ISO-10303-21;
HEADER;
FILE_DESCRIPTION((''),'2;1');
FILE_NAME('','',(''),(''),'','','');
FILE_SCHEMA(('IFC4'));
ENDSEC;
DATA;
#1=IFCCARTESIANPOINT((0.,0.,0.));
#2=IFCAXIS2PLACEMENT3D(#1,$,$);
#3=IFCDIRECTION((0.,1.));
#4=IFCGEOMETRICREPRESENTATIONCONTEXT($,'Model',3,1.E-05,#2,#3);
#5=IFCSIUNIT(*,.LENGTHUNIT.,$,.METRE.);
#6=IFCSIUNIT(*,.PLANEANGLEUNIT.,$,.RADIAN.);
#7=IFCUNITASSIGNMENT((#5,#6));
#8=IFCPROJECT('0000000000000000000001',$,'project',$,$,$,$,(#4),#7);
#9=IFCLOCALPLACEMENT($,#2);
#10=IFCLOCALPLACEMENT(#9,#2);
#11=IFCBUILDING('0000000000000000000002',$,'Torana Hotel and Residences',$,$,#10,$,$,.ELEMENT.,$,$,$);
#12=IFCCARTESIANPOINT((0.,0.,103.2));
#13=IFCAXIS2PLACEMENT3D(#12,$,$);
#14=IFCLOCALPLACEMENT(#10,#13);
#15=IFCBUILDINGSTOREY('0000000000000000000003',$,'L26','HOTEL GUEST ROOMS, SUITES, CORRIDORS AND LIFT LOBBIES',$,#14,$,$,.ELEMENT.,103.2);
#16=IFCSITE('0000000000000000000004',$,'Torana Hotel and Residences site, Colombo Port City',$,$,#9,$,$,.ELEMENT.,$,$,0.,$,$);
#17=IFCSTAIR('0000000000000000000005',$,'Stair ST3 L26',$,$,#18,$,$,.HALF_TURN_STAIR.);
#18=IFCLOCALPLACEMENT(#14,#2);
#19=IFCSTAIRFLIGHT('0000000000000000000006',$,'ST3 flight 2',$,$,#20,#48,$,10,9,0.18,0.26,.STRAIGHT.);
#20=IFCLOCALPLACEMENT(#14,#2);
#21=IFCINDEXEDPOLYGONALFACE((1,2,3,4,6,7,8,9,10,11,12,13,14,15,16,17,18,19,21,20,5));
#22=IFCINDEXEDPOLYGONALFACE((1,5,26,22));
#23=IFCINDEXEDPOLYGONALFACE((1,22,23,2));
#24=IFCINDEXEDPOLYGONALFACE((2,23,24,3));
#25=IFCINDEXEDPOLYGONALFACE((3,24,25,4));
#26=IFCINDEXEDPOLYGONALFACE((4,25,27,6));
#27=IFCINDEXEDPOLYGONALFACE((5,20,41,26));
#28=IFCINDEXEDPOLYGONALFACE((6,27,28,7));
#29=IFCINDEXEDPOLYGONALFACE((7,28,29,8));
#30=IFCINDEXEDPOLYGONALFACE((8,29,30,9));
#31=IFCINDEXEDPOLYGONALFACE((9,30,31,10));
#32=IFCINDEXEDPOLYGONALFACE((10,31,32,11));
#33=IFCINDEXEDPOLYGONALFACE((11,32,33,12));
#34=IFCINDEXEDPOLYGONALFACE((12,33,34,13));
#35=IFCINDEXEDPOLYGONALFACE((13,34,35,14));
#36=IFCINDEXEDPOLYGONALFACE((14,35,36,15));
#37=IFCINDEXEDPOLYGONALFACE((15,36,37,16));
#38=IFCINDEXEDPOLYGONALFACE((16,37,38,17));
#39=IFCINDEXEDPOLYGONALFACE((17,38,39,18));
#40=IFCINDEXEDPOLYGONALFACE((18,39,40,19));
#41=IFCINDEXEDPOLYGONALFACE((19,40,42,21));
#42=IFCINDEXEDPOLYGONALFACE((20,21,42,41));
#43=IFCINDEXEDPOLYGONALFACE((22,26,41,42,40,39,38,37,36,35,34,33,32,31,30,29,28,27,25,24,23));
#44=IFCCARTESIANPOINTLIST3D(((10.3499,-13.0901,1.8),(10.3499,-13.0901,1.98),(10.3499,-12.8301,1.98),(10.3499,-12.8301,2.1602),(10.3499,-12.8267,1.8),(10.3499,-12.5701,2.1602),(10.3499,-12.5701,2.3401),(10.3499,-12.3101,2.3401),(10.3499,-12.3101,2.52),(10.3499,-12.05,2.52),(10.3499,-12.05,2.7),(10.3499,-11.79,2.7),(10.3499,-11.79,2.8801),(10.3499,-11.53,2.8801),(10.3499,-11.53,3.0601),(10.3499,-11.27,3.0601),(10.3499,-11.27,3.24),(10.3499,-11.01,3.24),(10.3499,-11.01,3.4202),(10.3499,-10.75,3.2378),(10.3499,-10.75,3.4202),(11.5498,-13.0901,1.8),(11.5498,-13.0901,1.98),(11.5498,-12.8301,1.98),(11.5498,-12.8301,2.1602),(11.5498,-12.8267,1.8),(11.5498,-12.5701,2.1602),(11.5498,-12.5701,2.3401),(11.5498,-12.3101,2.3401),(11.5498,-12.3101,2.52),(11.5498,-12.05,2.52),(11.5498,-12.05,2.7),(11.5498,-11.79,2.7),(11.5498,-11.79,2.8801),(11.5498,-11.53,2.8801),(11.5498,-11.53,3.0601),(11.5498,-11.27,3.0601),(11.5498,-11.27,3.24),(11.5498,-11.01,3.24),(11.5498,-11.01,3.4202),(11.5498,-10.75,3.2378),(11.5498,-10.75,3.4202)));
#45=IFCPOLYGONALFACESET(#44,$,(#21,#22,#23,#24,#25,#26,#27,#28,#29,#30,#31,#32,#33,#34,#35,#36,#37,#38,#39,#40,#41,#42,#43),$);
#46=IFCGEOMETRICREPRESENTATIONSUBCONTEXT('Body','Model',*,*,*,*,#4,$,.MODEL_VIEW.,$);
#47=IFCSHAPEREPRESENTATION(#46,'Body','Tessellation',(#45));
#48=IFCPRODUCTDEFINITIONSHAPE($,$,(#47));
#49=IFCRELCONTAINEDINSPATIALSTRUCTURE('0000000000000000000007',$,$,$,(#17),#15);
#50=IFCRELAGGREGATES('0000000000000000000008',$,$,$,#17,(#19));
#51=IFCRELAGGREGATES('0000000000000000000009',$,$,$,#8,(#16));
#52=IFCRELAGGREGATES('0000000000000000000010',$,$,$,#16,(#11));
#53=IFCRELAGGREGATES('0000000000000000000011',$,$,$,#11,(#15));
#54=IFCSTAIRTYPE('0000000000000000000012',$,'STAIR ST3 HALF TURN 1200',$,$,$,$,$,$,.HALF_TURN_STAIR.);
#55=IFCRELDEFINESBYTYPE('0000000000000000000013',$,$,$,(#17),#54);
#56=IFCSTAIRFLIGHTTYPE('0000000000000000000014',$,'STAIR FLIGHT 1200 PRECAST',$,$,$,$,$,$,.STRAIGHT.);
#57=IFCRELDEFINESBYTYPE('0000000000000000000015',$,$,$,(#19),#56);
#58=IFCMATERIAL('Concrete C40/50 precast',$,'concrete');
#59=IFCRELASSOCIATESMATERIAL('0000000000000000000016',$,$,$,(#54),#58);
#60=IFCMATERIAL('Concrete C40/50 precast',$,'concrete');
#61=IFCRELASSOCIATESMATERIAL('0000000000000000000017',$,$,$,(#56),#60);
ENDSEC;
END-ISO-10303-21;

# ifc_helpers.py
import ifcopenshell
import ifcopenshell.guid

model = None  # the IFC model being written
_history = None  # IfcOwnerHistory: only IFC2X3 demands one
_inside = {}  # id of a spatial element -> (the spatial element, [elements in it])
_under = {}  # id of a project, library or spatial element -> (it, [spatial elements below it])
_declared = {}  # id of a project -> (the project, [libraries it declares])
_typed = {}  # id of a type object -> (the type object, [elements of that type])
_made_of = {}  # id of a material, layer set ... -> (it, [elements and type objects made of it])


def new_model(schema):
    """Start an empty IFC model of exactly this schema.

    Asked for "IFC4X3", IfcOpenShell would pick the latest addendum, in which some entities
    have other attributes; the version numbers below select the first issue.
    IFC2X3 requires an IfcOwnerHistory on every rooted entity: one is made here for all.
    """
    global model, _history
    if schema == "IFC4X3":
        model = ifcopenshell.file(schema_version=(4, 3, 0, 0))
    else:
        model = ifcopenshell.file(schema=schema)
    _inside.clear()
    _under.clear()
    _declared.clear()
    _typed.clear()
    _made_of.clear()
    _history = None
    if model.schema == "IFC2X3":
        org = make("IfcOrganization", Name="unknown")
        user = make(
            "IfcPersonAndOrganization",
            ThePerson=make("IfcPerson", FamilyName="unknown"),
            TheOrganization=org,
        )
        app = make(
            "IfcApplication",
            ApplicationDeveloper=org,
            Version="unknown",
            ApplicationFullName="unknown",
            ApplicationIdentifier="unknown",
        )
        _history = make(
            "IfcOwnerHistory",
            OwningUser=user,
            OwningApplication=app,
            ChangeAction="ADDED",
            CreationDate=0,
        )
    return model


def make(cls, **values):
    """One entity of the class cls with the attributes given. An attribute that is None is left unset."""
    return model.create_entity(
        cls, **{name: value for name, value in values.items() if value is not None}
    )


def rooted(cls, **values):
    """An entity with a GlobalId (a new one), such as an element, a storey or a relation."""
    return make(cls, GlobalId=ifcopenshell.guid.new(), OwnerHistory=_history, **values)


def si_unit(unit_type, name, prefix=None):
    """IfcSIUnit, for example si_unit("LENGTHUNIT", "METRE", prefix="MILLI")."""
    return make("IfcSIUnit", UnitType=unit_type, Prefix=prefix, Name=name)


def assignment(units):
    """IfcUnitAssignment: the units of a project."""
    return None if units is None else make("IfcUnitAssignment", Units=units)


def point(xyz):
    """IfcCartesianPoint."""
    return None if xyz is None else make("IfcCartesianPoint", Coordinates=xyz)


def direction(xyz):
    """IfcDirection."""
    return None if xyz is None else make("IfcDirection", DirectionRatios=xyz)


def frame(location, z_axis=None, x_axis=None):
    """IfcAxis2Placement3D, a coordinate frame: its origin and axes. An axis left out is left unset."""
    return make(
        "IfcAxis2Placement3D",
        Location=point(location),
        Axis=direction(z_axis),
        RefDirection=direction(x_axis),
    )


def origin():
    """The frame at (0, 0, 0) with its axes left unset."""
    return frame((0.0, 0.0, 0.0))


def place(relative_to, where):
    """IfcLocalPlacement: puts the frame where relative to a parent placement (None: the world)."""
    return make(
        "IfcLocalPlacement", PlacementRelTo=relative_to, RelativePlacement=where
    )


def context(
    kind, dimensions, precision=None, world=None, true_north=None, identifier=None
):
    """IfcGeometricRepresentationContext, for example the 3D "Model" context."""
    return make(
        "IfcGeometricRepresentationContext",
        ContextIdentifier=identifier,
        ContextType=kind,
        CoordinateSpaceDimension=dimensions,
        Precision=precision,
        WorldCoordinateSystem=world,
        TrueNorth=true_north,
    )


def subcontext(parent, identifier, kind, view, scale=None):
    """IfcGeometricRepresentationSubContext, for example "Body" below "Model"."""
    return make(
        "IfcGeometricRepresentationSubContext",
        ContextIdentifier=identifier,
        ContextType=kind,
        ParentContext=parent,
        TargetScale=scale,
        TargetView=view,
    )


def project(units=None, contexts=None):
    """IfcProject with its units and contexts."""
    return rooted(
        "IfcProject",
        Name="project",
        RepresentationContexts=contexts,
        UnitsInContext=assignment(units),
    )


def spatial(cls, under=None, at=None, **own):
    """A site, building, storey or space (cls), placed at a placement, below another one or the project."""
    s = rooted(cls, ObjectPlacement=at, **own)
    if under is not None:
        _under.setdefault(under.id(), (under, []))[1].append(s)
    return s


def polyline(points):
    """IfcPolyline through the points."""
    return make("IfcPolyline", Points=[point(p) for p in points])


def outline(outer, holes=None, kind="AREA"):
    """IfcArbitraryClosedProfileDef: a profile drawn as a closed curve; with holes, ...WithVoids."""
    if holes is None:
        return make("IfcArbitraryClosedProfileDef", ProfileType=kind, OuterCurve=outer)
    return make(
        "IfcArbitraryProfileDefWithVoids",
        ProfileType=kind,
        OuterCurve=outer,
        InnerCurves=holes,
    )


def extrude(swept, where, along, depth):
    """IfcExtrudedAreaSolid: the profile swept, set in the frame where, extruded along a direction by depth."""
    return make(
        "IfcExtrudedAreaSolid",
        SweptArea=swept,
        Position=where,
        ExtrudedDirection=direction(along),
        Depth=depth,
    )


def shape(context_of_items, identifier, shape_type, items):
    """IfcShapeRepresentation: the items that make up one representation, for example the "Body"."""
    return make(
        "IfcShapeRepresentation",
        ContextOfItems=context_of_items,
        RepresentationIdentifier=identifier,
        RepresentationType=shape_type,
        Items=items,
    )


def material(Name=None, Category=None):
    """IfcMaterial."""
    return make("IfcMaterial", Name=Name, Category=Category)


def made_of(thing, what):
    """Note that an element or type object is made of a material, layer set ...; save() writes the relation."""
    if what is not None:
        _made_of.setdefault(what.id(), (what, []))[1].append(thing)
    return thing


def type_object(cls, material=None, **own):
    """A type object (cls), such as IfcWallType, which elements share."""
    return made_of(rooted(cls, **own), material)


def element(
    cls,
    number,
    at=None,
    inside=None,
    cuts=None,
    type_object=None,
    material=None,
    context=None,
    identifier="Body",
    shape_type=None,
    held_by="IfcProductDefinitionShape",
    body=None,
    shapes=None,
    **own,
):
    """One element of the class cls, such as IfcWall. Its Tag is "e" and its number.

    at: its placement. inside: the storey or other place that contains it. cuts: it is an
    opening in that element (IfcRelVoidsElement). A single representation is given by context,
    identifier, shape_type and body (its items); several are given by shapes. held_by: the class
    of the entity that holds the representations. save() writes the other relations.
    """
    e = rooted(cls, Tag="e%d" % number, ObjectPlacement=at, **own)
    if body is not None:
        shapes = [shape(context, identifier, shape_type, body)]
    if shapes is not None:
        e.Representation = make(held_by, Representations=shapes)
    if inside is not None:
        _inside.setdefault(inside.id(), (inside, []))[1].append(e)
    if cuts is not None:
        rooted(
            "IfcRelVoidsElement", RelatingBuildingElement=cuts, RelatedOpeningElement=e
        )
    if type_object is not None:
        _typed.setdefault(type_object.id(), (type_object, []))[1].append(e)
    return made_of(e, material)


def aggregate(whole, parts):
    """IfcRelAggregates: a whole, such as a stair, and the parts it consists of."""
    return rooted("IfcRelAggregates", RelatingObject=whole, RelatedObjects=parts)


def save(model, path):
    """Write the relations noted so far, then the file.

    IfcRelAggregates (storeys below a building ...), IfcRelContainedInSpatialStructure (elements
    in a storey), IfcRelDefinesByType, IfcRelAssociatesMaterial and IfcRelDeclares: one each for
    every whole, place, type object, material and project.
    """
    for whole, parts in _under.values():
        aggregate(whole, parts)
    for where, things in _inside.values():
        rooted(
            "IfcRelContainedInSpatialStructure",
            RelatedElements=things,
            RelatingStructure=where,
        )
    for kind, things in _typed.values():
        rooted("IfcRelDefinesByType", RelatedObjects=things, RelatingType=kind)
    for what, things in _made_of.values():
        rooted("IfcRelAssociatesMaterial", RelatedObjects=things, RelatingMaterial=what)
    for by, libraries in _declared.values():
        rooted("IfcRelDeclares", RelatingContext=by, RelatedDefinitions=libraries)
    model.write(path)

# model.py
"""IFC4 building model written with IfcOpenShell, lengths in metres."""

from ifc_helpers import new_model, si_unit, direction, frame, origin, place, context, subcontext, project, spatial, polyline, outline, extrude, material, type_object, element, aggregate, save


model = new_model("IFC4")

# Units and contexts
model_context = context("Model", 3, precision=1e-05, world=origin(), true_north=direction((0.0, 1.0)))
body_context = subcontext(model_context, "Body", "Model", "MODEL_VIEW")
ifc_project = project(units=[si_unit("LENGTHUNIT", "METRE"), si_unit("PLANEANGLEUNIT", "RADIAN")], contexts=[model_context])

# Site, building, storey
site_placement = place(None, origin())
site = spatial("IfcSite", under=ifc_project, at=site_placement, Name="Torana Hotel and Residences site, Colombo Port City", CompositionType="ELEMENT", RefElevation=0.0)
building_placement = place(site_placement, origin())
building = spatial("IfcBuilding", under=site, at=building_placement, Name="Torana Hotel and Residences", CompositionType="ELEMENT")
storey_placement = place(building_placement, frame((0.0, 0.0, 103.2)))
storey = spatial("IfcBuildingStorey", under=building, at=storey_placement, Name="L26", Description="HOTEL GUEST ROOMS, SUITES, CORRIDORS AND LIFT LOBBIES", CompositionType="ELEMENT", Elevation=103.2)

# Stair, stair flight
ifc_material_1 = material(Name="Concrete C40/50 precast", Category="concrete")
stair_type = type_object("IfcStairType", Name="STAIR ST3 HALF TURN 1200", PredefinedType="HALF_TURN_STAIR", material=ifc_material_1)
stair_placement = place(storey_placement, origin())
stair = element("IfcStair", 1, at=stair_placement, inside=storey, type_object=stair_type, Name="Stair ST3 L26", PredefinedType="HALF_TURN_STAIR")
ifc_material_2 = material(Name="Concrete C40/50 precast", Category="concrete")
stair_flight_type = type_object("IfcStairFlightType", Name="STAIR FLIGHT 1200 PRECAST", PredefinedType="STRAIGHT", material=ifc_material_2)
stair_flight_1_placement = place(storey_placement, frame((10.95, -13.0901, 1.8), z_axis=(0.0, 0.0, 1.0), x_axis=(0.0, 1.0, 0.0)))
stair_flight_1 = element("IfcStairFlight", 2, at=stair_flight_1_placement, type_object=stair_flight_type, Name="ST3 flight 2", NumberOfRisers=10, NumberOfTreads=9, PredefinedType="STRAIGHT", RiserHeight=0.18, TreadLength=0.26, context=body_context, shape_type="SweptSolid", body=[
    extrude(outline(polyline([(0.0, 0.0), (0.0, 0.1799), (0.26, 0.1799), (0.26, 0.3601), (0.52, 0.3601), (0.52, 0.54), (0.78, 0.54), (0.78, 0.72), (1.04, 0.72), (1.04, 0.8999), (1.3, 0.8999), (1.3, 1.0801), (1.5601, 1.0801), (1.5601, 1.26), (1.8201, 1.26), (1.8201, 1.4399), (2.0801, 1.4399), (2.0801, 1.6201), (2.3401, 1.6201), (2.3401, 1.8), (2.3401, 1.4377), (0.2634, 0.0), (0.0, 0.0)])), frame((0.0, 0.6001, 0.0), z_axis=(0.0, -1.0, 0.0), x_axis=(1.0, 0.0, 0.0)), (0.0, 0.0, 1.0), 1.2),
])
aggregate(stair, [stair_flight_1])

save(model, "model.ifc")
